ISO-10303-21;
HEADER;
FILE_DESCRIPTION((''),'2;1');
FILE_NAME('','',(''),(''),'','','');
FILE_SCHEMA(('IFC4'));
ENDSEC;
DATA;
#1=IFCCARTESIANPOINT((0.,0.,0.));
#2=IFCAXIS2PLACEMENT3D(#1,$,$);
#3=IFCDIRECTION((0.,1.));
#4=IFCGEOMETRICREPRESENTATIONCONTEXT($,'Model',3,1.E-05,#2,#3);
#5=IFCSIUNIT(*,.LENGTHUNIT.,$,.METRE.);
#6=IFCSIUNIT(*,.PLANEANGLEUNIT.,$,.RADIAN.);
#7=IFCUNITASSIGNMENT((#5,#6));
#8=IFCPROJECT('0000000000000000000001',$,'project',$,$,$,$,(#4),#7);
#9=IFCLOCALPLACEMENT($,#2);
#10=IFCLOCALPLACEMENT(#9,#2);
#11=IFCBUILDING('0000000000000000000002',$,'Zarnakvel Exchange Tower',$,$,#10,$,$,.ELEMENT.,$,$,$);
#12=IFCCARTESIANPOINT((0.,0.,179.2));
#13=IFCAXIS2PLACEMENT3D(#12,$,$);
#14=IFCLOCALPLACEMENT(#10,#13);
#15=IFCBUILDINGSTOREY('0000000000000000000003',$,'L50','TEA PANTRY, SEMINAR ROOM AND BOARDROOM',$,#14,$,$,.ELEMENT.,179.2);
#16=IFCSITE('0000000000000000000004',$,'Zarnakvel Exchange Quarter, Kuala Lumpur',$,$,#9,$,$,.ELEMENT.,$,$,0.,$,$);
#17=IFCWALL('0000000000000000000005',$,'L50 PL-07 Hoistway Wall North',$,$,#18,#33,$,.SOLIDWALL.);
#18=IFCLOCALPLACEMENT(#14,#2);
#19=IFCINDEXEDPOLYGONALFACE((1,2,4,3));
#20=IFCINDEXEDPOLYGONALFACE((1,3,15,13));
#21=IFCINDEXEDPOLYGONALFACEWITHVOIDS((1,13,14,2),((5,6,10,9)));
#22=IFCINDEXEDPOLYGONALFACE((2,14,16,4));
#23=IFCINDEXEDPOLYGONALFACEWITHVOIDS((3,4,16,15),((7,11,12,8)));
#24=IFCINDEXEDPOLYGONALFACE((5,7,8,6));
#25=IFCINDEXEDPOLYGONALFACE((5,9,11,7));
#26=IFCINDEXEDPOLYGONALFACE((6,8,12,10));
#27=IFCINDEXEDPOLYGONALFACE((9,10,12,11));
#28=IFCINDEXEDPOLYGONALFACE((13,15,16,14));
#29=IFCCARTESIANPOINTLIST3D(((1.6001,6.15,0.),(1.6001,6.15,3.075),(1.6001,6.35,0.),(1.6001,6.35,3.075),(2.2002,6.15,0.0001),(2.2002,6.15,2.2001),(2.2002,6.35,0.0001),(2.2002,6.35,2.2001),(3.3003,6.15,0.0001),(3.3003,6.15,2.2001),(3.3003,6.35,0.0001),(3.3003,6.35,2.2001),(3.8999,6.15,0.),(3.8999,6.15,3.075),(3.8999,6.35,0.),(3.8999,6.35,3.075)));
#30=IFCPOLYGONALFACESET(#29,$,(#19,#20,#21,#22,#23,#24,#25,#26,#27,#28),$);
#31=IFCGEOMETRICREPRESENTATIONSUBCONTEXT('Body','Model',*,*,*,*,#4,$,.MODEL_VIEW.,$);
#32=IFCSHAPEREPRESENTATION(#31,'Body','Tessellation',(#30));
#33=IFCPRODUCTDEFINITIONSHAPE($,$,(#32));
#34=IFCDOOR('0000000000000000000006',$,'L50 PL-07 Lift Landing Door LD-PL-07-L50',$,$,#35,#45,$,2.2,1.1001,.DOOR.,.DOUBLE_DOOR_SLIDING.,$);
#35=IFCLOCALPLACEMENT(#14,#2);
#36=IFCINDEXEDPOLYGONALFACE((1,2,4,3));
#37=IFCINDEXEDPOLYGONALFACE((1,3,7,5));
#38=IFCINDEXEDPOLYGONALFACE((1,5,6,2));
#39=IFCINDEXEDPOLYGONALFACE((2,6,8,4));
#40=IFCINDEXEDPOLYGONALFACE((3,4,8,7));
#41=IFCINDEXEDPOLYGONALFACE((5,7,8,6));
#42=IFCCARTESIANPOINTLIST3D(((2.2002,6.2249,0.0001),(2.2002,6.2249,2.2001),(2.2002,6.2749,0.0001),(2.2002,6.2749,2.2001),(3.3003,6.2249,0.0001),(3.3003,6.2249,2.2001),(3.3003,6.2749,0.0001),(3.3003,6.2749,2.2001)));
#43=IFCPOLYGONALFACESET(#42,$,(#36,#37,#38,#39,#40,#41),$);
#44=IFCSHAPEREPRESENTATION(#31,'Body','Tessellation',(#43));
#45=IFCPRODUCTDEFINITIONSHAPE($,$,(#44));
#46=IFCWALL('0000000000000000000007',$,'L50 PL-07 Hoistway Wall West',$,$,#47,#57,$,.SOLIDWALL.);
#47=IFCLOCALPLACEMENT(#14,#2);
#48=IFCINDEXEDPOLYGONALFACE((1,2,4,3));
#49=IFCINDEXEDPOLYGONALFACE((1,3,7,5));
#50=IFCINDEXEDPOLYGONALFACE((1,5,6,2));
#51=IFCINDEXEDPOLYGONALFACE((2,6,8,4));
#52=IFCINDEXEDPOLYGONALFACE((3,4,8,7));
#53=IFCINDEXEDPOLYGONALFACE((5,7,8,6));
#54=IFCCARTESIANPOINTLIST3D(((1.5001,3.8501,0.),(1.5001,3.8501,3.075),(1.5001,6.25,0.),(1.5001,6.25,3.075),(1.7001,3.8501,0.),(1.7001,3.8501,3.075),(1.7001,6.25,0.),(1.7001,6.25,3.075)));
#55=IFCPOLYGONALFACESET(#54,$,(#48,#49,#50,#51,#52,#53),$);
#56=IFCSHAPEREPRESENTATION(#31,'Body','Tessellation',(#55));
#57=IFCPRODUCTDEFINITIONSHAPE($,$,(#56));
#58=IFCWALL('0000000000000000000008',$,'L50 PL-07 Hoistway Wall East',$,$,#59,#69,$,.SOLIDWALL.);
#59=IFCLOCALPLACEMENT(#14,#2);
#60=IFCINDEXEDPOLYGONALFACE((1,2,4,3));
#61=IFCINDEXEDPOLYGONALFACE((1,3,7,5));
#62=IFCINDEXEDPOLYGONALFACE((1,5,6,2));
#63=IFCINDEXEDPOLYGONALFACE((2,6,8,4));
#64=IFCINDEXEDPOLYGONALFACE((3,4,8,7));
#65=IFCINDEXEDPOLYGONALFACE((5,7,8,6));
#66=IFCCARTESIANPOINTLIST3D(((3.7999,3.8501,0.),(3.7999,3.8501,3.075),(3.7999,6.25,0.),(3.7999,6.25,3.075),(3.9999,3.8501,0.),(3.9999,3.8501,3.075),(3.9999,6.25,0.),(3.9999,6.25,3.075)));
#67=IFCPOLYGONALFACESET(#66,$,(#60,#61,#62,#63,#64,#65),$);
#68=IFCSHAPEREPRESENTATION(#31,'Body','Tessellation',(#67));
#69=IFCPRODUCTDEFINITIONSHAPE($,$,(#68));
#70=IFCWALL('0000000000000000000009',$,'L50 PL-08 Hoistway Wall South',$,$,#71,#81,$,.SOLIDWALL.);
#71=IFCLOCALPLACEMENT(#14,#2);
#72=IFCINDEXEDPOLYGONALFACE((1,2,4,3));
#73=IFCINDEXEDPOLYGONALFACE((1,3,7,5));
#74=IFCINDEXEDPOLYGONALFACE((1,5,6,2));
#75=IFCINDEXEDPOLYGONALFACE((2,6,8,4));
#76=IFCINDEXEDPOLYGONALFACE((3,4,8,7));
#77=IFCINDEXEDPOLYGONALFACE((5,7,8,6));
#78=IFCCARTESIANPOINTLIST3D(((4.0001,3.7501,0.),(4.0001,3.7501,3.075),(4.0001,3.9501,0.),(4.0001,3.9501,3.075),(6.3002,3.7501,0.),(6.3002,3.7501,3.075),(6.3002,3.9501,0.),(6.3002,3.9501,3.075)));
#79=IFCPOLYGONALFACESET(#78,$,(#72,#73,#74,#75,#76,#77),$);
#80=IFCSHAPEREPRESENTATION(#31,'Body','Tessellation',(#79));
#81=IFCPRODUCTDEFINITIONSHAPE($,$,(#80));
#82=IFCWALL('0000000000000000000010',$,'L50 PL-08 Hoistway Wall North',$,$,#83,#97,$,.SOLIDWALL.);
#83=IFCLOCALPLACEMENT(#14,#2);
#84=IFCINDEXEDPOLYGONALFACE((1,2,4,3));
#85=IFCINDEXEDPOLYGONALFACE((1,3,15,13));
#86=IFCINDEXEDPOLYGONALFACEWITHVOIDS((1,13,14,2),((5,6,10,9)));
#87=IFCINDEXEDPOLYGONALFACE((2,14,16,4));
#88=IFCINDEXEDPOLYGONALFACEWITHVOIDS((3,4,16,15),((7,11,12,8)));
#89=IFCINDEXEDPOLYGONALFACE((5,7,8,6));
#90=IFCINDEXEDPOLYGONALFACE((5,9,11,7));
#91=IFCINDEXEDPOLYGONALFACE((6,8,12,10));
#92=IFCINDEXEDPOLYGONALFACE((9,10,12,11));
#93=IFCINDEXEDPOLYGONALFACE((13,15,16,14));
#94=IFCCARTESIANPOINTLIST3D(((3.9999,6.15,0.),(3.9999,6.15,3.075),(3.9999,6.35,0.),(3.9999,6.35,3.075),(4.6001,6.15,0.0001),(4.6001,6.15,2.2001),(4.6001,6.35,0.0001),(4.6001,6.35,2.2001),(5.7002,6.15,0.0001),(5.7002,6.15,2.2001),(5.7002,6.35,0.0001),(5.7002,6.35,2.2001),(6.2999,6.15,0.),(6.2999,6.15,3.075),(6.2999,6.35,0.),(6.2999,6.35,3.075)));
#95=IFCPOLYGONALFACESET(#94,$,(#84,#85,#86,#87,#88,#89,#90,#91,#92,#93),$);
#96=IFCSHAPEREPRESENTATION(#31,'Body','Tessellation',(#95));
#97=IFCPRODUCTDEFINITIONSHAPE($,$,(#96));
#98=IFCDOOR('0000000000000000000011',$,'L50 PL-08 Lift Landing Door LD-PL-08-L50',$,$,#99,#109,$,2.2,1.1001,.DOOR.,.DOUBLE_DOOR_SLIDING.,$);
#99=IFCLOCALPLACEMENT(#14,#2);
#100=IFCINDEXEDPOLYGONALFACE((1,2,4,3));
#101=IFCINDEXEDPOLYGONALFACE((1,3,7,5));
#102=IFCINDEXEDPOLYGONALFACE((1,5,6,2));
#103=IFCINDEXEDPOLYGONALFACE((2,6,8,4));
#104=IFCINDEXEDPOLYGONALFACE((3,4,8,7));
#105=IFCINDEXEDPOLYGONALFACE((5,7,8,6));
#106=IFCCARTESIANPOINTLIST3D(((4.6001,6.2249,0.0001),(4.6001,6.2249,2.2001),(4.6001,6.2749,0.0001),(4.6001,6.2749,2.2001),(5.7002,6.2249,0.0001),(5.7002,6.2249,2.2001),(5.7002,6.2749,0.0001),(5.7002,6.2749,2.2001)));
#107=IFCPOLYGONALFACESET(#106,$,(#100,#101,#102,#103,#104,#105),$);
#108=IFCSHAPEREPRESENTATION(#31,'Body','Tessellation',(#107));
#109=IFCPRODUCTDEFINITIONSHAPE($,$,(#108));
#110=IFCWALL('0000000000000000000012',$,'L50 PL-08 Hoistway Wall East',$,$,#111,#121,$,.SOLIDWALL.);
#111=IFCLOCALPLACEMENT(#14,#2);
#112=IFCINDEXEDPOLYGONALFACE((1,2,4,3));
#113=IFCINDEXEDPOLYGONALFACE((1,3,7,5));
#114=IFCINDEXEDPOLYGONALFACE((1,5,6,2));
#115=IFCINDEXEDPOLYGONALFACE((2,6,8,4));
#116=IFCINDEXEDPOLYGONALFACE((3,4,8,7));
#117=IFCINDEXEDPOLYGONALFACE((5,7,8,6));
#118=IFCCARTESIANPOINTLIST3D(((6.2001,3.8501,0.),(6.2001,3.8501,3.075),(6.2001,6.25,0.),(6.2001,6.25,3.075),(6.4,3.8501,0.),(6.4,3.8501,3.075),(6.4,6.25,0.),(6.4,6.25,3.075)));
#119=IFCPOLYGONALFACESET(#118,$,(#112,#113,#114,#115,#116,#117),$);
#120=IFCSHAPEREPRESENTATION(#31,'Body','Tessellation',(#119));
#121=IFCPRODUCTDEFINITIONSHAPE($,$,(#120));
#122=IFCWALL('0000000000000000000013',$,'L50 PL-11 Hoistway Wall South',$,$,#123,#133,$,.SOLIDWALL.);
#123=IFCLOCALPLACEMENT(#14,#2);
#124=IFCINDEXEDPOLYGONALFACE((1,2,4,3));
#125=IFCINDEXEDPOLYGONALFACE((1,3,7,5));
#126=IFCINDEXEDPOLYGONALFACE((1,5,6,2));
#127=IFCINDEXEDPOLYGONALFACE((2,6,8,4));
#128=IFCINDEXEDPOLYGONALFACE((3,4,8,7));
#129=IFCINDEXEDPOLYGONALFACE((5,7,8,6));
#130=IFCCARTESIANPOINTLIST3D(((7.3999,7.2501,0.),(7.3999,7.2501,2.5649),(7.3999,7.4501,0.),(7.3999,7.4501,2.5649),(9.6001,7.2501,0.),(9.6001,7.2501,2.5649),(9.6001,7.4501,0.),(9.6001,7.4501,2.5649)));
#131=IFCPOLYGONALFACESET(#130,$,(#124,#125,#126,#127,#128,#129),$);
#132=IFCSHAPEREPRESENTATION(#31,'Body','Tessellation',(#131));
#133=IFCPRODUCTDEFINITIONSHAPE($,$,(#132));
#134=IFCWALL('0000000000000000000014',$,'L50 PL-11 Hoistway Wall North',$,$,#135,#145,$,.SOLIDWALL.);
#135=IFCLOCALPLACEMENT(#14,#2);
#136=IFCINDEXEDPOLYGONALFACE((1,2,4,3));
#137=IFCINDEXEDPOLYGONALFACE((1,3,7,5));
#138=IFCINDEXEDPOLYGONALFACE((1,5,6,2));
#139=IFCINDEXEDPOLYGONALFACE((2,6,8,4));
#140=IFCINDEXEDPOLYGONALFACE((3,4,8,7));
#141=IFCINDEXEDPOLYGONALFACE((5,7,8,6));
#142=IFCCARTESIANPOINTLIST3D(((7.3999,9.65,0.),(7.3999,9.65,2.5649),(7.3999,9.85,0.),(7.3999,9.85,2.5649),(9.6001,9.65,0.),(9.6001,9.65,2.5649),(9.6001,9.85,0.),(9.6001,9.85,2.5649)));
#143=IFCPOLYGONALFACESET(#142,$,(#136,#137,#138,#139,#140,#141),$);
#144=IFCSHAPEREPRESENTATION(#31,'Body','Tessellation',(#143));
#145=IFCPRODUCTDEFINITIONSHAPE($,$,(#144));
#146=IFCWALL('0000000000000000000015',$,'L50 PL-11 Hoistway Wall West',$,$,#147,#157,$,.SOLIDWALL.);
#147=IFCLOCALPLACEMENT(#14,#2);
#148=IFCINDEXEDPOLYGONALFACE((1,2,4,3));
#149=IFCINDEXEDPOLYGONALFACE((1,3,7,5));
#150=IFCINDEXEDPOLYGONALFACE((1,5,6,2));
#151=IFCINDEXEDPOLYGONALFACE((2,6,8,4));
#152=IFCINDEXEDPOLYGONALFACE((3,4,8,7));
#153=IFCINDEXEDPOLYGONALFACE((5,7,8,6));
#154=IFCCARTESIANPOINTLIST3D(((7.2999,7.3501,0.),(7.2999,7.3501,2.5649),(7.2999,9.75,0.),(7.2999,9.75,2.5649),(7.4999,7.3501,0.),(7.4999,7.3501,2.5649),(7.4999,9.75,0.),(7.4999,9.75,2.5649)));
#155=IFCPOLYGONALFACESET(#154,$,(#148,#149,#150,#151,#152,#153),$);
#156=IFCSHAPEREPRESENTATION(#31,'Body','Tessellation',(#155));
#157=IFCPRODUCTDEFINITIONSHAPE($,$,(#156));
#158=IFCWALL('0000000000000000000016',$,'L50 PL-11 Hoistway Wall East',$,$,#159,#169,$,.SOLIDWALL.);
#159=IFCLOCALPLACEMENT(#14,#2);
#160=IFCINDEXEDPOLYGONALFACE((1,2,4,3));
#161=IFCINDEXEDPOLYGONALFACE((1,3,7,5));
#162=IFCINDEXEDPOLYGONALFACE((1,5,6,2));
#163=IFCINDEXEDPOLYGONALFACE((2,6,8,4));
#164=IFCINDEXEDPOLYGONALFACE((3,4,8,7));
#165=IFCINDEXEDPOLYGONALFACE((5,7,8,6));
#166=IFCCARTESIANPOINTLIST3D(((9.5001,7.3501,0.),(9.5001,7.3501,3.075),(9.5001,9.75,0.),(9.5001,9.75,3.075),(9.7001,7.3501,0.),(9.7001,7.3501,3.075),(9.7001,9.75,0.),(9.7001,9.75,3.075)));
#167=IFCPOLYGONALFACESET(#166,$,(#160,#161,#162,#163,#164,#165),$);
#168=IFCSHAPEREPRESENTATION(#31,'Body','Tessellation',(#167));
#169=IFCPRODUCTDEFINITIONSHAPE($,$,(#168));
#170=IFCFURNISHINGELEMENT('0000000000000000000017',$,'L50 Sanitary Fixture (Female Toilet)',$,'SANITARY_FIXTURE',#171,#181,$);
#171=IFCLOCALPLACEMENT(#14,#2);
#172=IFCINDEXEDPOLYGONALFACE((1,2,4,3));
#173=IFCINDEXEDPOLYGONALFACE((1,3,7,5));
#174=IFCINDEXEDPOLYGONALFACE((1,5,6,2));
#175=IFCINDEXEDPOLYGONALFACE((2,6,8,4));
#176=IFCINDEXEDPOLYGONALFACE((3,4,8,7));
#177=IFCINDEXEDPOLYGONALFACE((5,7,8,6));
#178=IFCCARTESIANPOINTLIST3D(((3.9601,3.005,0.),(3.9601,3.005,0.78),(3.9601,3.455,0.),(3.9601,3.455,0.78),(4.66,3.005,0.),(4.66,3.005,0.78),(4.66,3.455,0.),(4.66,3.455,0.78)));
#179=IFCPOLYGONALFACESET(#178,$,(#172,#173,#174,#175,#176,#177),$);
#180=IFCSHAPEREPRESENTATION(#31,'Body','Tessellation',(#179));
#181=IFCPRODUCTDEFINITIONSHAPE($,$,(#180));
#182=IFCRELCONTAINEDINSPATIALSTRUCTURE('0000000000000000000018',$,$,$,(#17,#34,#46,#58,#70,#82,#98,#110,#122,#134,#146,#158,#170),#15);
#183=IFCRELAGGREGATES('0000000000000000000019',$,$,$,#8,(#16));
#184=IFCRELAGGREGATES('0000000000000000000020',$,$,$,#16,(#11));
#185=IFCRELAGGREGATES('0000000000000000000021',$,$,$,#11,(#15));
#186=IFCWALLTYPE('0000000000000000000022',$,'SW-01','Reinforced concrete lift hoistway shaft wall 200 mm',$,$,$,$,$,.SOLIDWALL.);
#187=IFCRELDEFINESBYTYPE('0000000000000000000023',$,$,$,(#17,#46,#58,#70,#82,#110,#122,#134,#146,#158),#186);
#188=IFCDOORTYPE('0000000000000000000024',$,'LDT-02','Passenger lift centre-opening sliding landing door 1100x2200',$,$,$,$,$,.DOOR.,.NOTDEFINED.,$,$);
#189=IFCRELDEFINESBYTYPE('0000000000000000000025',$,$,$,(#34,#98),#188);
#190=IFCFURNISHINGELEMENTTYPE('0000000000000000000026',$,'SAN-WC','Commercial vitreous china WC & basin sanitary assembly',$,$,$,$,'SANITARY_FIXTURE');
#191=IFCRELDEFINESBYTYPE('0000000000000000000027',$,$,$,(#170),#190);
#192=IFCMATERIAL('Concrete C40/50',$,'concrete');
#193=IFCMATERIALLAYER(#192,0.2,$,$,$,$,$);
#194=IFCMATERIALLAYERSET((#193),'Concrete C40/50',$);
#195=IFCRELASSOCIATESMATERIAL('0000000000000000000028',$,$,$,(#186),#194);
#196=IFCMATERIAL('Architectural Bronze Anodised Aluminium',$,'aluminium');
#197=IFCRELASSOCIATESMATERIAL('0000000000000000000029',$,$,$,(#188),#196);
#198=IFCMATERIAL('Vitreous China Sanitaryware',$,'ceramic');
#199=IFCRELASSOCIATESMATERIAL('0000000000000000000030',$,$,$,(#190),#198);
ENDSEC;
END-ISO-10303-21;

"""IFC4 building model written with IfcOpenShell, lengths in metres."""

from ifc_helpers import new_model, si_unit, direction, frame, frame_2d, origin, origin_2d, place, context, subcontext, project, spatial, rectangle, extrude, source, transform, mapped, material, layer, layer_set, type_object, element, fill, save


model = new_model("IFC4")

# Units and contexts
model_context = context("Model", 3, precision=1e-05, world=origin(), true_north=direction((0.0, 1.0)))
body_context = subcontext(model_context, "Body", "Model", "MODEL_VIEW")
ifc_project = project(units=[si_unit("LENGTHUNIT", "METRE"), si_unit("PLANEANGLEUNIT", "RADIAN")], contexts=[model_context])

# Site, building, storey
site_placement = place(None, origin())
site = spatial("IfcSite", under=ifc_project, at=site_placement, Name="Zarnakvel Exchange Quarter, Kuala Lumpur", CompositionType="ELEMENT", RefElevation=0.0)
building_placement = place(site_placement, origin())
building = spatial("IfcBuilding", under=site, at=building_placement, Name="Zarnakvel Exchange Tower", CompositionType="ELEMENT")
storey_placement = place(building_placement, frame((0.0, 0.0, 179.2)))
storey = spatial("IfcBuildingStorey", under=building, at=storey_placement, Name="L50", Description="TEA PANTRY, SEMINAR ROOM AND BOARDROOM", CompositionType="ELEMENT", Elevation=179.2)

# Shared definitions
ifc_material_1 = material(Name="Concrete C40/50", Category="concrete")
ifc_layer_1 = layer(ifc_material_1, 0.2)
ifc_layer_set_1 = layer_set([ifc_layer_1], Name="Concrete C40/50")
wall_type_1 = type_object("IfcWallType", Name="SW-01", Description="Reinforced concrete lift hoistway shaft wall 200 mm", PredefinedType="SOLIDWALL", material=ifc_layer_set_1)
shared_shape_1 = source(origin(), body_context, "Body", "SweptSolid", [
    extrude(rectangle(XDim=1.1001, YDim=2.2, at=frame_2d((0.55, 1.1001))), frame((0.0, 0.0249, 0.0), z_axis=(0.0, -1.0, 0.0), x_axis=(1.0, 0.0, 0.0)), (0.0, 0.0, 1.0), 0.05),
])

# Wall, opening, door
wall_1_placement = place(storey_placement, frame((1.6001, 6.25, 0.0), z_axis=(0.0, 0.0, 1.0), x_axis=(1.0, 0.0, 0.0)))
wall_1 = element("IfcWall", 1, at=wall_1_placement, inside=storey, type_object=wall_type_1, Name="L50 PL-07 Hoistway Wall North", PredefinedType="SOLIDWALL", context=body_context, shape_type="SweptSolid", body=[
    extrude(rectangle(XDim=2.2998, YDim=0.2, at=frame_2d((1.1499, 0.0))), origin(), (0.0, 0.0, 1.0), 3.075),
])
opening_1_placement = place(wall_1_placement, frame((0.6001, 0.0, 0.0)))
opening_1 = element("IfcOpeningElement", 2, at=opening_1_placement, cuts=wall_1, PredefinedType="OPENING", context=body_context, shape_type="SweptSolid", body=[
    extrude(rectangle(XDim=1.1001, YDim=2.2, at=frame_2d((0.55, 1.1001))), frame((0.0, 0.1099, 0.0), z_axis=(0.0, -1.0, 0.0), x_axis=(1.0, 0.0, 0.0)), (0.0, 0.0, 1.0), 0.22),
])
ifc_material_2 = material(Name="Architectural Bronze Anodised Aluminium", Category="aluminium")
door_type_1 = type_object("IfcDoorType", Name="LDT-02", Description="Passenger lift centre-opening sliding landing door 1100x2200", OperationType="NOTDEFINED", PredefinedType="DOOR", material=ifc_material_2)
door_1_placement = place(opening_1_placement, origin())
door_1 = element("IfcDoor", 3, at=door_1_placement, inside=storey, type_object=door_type_1, Name="L50 PL-07 Lift Landing Door LD-PL-07-L50", OperationType="DOUBLE_DOOR_SLIDING", OverallHeight=2.2, OverallWidth=1.1001, PredefinedType="DOOR", context=body_context, shape_type="MappedRepresentation", body=[
    mapped(shared_shape_1, transform((0.0, 0.0, 0.0), x_axis=(1.0, 0.0, 0.0), y_axis=(0.0, 1.0, 0.0), z_axis=(0.0, 0.0, 1.0), scale=1.0)),
])
fill(opening_1, door_1)

# Walls
for number, where, z_axis, x_axis, name in (
    (4, (1.6001, 3.8501, 0.0), (0.0, 0.0, 1.0), (0.0, 1.0, 0.0), "L50 PL-07 Hoistway Wall West"),
    (5, (3.8999, 6.25, 0.0), (0.0, 0.0, 1.0), (0.0, -1.0, 0.0), "L50 PL-07 Hoistway Wall East"),
):
    element("IfcWall", number, at=place(storey_placement, frame(where, z_axis=z_axis, x_axis=x_axis)), inside=storey, type_object=wall_type_1, Name=name, PredefinedType="SOLIDWALL", context=body_context, shape_type="SweptSolid", body=[
        extrude(rectangle(XDim=2.3999, YDim=0.2, at=frame_2d((1.2, 0.0))), origin(), (0.0, 0.0, 1.0), 3.075),
    ])
wall_2_placement = place(storey_placement, frame((6.3, 3.8501, 0.0), z_axis=(0.0, 0.0, 1.0), x_axis=(-1.0, 0.0, 0.0)))
element("IfcWall", 6, at=wall_2_placement, inside=storey, type_object=wall_type_1, Name="L50 PL-08 Hoistway Wall South", PredefinedType="SOLIDWALL", context=body_context, shape_type="SweptSolid", body=[
    extrude(rectangle(XDim=2.3, YDim=0.2, at=frame_2d((1.1499, 0.0))), origin(), (0.0, 0.0, 1.0), 3.075),
])

# Wall, opening, door
wall_3_placement = place(storey_placement, frame((4.0, 6.25, 0.0), z_axis=(0.0, 0.0, 1.0), x_axis=(1.0, 0.0, 0.0)))
wall_3 = element("IfcWall", 7, at=wall_3_placement, inside=storey, type_object=wall_type_1, Name="L50 PL-08 Hoistway Wall North", PredefinedType="SOLIDWALL", context=body_context, shape_type="SweptSolid", body=[
    extrude(rectangle(XDim=2.3, YDim=0.2, at=frame_2d((1.1499, 0.0))), origin(), (0.0, 0.0, 1.0), 3.075),
])
opening_2_placement = place(wall_3_placement, frame((0.6001, 0.0, 0.0)))
opening_2 = element("IfcOpeningElement", 8, at=opening_2_placement, cuts=wall_3, PredefinedType="OPENING", context=body_context, shape_type="SweptSolid", body=[
    extrude(rectangle(XDim=1.1001, YDim=2.2, at=frame_2d((0.55, 1.1001))), frame((0.0, 0.1099, 0.0), z_axis=(0.0, -1.0, 0.0), x_axis=(1.0, 0.0, 0.0)), (0.0, 0.0, 1.0), 0.22),
])
door_2_placement = place(opening_2_placement, origin())
door_2 = element("IfcDoor", 9, at=door_2_placement, inside=storey, type_object=door_type_1, Name="L50 PL-08 Lift Landing Door LD-PL-08-L50", OperationType="DOUBLE_DOOR_SLIDING", OverallHeight=2.2, OverallWidth=1.1001, PredefinedType="DOOR", context=body_context, shape_type="MappedRepresentation", body=[
    mapped(shared_shape_1, transform((0.0, 0.0, 0.0), x_axis=(1.0, 0.0, 0.0), y_axis=(0.0, 1.0, 0.0), z_axis=(0.0, 0.0, 1.0), scale=1.0)),
])
fill(opening_2, door_2)

# Walls
wall_4_placement = place(storey_placement, frame((6.3, 6.25, 0.0), z_axis=(0.0, 0.0, 1.0), x_axis=(0.0, -1.0, 0.0)))
element("IfcWall", 10, at=wall_4_placement, inside=storey, type_object=wall_type_1, Name="L50 PL-08 Hoistway Wall East", PredefinedType="SOLIDWALL", context=body_context, shape_type="SweptSolid", body=[
    extrude(rectangle(XDim=2.3999, YDim=0.2, at=frame_2d((1.2, 0.0))), origin(), (0.0, 0.0, 1.0), 3.075),
])
for number, where, z_axis, x_axis, name in (
    (11, (9.6001, 7.3501, 0.0), (0.0, 0.0, 1.0), (-1.0, 0.0, 0.0), "L50 PL-11 Hoistway Wall South"),
    (12, (7.3999, 9.75, 0.0), (0.0, 0.0, 1.0), (1.0, 0.0, 0.0), "L50 PL-11 Hoistway Wall North"),
):
    element("IfcWall", number, at=place(storey_placement, frame(where, z_axis=z_axis, x_axis=x_axis)), inside=storey, type_object=wall_type_1, Name=name, PredefinedType="SOLIDWALL", context=body_context, shape_type="SweptSolid", body=[
        extrude(rectangle(XDim=2.2002, YDim=0.2, at=frame_2d((1.1001, 0.0))), origin(), (0.0, 0.0, 1.0), 2.5649),
    ])
wall_5_placement = place(storey_placement, frame((7.3999, 7.3501, 0.0), z_axis=(0.0, 0.0, 1.0), x_axis=(0.0, 1.0, 0.0)))
element("IfcWall", 13, at=wall_5_placement, inside=storey, type_object=wall_type_1, Name="L50 PL-11 Hoistway Wall West", PredefinedType="SOLIDWALL", context=body_context, shape_type="SweptSolid", body=[
    extrude(rectangle(XDim=2.3999, YDim=0.2, at=frame_2d((1.2, 0.0))), origin(), (0.0, 0.0, 1.0), 2.5649),
])
wall_6_placement = place(storey_placement, frame((9.6001, 9.75, 0.0), z_axis=(0.0, 0.0, 1.0), x_axis=(0.0, -1.0, 0.0)))
element("IfcWall", 14, at=wall_6_placement, inside=storey, type_object=wall_type_1, Name="L50 PL-11 Hoistway Wall East", PredefinedType="SOLIDWALL", context=body_context, shape_type="SweptSolid", body=[
    extrude(rectangle(XDim=2.3999, YDim=0.2, at=frame_2d((1.2, 0.0))), origin(), (0.0, 0.0, 1.0), 3.075),
])

# Furnishing element
ifc_material_3 = material(Name="Vitreous China Sanitaryware", Category="ceramic")
furnishing_element_type = type_object("IfcFurnishingElementType", Name="SAN-WC", Description="Commercial vitreous china WC & basin sanitary assembly", ElementType="SANITARY_FIXTURE", material=ifc_material_3)
shared_shape_2 = source(origin(), body_context, "Body", "SweptSolid", [
    extrude(rectangle(XDim=0.7, YDim=0.45, at=origin_2d()), origin(), (0.0, 0.0, 1.0), 0.78),
])
furnishing_placement = place(storey_placement, frame((4.3101, 3.23, 0.0), z_axis=(0.0, 0.0, 1.0), x_axis=(1.0, 0.0, 0.0)))
element("IfcFurnishingElement", 15, at=furnishing_placement, inside=storey, type_object=furnishing_element_type, Name="L50 Sanitary Fixture (Female Toilet)", ObjectType="SANITARY_FIXTURE", context=body_context, shape_type="MappedRepresentation", body=[
    mapped(shared_shape_2, transform((0.0, 0.0, 0.0), x_axis=(1.0, 0.0, 0.0), y_axis=(0.0, 1.0, 0.0), z_axis=(0.0, 0.0, 1.0), scale=1.0)),
])

save(model, "model.ifc")
